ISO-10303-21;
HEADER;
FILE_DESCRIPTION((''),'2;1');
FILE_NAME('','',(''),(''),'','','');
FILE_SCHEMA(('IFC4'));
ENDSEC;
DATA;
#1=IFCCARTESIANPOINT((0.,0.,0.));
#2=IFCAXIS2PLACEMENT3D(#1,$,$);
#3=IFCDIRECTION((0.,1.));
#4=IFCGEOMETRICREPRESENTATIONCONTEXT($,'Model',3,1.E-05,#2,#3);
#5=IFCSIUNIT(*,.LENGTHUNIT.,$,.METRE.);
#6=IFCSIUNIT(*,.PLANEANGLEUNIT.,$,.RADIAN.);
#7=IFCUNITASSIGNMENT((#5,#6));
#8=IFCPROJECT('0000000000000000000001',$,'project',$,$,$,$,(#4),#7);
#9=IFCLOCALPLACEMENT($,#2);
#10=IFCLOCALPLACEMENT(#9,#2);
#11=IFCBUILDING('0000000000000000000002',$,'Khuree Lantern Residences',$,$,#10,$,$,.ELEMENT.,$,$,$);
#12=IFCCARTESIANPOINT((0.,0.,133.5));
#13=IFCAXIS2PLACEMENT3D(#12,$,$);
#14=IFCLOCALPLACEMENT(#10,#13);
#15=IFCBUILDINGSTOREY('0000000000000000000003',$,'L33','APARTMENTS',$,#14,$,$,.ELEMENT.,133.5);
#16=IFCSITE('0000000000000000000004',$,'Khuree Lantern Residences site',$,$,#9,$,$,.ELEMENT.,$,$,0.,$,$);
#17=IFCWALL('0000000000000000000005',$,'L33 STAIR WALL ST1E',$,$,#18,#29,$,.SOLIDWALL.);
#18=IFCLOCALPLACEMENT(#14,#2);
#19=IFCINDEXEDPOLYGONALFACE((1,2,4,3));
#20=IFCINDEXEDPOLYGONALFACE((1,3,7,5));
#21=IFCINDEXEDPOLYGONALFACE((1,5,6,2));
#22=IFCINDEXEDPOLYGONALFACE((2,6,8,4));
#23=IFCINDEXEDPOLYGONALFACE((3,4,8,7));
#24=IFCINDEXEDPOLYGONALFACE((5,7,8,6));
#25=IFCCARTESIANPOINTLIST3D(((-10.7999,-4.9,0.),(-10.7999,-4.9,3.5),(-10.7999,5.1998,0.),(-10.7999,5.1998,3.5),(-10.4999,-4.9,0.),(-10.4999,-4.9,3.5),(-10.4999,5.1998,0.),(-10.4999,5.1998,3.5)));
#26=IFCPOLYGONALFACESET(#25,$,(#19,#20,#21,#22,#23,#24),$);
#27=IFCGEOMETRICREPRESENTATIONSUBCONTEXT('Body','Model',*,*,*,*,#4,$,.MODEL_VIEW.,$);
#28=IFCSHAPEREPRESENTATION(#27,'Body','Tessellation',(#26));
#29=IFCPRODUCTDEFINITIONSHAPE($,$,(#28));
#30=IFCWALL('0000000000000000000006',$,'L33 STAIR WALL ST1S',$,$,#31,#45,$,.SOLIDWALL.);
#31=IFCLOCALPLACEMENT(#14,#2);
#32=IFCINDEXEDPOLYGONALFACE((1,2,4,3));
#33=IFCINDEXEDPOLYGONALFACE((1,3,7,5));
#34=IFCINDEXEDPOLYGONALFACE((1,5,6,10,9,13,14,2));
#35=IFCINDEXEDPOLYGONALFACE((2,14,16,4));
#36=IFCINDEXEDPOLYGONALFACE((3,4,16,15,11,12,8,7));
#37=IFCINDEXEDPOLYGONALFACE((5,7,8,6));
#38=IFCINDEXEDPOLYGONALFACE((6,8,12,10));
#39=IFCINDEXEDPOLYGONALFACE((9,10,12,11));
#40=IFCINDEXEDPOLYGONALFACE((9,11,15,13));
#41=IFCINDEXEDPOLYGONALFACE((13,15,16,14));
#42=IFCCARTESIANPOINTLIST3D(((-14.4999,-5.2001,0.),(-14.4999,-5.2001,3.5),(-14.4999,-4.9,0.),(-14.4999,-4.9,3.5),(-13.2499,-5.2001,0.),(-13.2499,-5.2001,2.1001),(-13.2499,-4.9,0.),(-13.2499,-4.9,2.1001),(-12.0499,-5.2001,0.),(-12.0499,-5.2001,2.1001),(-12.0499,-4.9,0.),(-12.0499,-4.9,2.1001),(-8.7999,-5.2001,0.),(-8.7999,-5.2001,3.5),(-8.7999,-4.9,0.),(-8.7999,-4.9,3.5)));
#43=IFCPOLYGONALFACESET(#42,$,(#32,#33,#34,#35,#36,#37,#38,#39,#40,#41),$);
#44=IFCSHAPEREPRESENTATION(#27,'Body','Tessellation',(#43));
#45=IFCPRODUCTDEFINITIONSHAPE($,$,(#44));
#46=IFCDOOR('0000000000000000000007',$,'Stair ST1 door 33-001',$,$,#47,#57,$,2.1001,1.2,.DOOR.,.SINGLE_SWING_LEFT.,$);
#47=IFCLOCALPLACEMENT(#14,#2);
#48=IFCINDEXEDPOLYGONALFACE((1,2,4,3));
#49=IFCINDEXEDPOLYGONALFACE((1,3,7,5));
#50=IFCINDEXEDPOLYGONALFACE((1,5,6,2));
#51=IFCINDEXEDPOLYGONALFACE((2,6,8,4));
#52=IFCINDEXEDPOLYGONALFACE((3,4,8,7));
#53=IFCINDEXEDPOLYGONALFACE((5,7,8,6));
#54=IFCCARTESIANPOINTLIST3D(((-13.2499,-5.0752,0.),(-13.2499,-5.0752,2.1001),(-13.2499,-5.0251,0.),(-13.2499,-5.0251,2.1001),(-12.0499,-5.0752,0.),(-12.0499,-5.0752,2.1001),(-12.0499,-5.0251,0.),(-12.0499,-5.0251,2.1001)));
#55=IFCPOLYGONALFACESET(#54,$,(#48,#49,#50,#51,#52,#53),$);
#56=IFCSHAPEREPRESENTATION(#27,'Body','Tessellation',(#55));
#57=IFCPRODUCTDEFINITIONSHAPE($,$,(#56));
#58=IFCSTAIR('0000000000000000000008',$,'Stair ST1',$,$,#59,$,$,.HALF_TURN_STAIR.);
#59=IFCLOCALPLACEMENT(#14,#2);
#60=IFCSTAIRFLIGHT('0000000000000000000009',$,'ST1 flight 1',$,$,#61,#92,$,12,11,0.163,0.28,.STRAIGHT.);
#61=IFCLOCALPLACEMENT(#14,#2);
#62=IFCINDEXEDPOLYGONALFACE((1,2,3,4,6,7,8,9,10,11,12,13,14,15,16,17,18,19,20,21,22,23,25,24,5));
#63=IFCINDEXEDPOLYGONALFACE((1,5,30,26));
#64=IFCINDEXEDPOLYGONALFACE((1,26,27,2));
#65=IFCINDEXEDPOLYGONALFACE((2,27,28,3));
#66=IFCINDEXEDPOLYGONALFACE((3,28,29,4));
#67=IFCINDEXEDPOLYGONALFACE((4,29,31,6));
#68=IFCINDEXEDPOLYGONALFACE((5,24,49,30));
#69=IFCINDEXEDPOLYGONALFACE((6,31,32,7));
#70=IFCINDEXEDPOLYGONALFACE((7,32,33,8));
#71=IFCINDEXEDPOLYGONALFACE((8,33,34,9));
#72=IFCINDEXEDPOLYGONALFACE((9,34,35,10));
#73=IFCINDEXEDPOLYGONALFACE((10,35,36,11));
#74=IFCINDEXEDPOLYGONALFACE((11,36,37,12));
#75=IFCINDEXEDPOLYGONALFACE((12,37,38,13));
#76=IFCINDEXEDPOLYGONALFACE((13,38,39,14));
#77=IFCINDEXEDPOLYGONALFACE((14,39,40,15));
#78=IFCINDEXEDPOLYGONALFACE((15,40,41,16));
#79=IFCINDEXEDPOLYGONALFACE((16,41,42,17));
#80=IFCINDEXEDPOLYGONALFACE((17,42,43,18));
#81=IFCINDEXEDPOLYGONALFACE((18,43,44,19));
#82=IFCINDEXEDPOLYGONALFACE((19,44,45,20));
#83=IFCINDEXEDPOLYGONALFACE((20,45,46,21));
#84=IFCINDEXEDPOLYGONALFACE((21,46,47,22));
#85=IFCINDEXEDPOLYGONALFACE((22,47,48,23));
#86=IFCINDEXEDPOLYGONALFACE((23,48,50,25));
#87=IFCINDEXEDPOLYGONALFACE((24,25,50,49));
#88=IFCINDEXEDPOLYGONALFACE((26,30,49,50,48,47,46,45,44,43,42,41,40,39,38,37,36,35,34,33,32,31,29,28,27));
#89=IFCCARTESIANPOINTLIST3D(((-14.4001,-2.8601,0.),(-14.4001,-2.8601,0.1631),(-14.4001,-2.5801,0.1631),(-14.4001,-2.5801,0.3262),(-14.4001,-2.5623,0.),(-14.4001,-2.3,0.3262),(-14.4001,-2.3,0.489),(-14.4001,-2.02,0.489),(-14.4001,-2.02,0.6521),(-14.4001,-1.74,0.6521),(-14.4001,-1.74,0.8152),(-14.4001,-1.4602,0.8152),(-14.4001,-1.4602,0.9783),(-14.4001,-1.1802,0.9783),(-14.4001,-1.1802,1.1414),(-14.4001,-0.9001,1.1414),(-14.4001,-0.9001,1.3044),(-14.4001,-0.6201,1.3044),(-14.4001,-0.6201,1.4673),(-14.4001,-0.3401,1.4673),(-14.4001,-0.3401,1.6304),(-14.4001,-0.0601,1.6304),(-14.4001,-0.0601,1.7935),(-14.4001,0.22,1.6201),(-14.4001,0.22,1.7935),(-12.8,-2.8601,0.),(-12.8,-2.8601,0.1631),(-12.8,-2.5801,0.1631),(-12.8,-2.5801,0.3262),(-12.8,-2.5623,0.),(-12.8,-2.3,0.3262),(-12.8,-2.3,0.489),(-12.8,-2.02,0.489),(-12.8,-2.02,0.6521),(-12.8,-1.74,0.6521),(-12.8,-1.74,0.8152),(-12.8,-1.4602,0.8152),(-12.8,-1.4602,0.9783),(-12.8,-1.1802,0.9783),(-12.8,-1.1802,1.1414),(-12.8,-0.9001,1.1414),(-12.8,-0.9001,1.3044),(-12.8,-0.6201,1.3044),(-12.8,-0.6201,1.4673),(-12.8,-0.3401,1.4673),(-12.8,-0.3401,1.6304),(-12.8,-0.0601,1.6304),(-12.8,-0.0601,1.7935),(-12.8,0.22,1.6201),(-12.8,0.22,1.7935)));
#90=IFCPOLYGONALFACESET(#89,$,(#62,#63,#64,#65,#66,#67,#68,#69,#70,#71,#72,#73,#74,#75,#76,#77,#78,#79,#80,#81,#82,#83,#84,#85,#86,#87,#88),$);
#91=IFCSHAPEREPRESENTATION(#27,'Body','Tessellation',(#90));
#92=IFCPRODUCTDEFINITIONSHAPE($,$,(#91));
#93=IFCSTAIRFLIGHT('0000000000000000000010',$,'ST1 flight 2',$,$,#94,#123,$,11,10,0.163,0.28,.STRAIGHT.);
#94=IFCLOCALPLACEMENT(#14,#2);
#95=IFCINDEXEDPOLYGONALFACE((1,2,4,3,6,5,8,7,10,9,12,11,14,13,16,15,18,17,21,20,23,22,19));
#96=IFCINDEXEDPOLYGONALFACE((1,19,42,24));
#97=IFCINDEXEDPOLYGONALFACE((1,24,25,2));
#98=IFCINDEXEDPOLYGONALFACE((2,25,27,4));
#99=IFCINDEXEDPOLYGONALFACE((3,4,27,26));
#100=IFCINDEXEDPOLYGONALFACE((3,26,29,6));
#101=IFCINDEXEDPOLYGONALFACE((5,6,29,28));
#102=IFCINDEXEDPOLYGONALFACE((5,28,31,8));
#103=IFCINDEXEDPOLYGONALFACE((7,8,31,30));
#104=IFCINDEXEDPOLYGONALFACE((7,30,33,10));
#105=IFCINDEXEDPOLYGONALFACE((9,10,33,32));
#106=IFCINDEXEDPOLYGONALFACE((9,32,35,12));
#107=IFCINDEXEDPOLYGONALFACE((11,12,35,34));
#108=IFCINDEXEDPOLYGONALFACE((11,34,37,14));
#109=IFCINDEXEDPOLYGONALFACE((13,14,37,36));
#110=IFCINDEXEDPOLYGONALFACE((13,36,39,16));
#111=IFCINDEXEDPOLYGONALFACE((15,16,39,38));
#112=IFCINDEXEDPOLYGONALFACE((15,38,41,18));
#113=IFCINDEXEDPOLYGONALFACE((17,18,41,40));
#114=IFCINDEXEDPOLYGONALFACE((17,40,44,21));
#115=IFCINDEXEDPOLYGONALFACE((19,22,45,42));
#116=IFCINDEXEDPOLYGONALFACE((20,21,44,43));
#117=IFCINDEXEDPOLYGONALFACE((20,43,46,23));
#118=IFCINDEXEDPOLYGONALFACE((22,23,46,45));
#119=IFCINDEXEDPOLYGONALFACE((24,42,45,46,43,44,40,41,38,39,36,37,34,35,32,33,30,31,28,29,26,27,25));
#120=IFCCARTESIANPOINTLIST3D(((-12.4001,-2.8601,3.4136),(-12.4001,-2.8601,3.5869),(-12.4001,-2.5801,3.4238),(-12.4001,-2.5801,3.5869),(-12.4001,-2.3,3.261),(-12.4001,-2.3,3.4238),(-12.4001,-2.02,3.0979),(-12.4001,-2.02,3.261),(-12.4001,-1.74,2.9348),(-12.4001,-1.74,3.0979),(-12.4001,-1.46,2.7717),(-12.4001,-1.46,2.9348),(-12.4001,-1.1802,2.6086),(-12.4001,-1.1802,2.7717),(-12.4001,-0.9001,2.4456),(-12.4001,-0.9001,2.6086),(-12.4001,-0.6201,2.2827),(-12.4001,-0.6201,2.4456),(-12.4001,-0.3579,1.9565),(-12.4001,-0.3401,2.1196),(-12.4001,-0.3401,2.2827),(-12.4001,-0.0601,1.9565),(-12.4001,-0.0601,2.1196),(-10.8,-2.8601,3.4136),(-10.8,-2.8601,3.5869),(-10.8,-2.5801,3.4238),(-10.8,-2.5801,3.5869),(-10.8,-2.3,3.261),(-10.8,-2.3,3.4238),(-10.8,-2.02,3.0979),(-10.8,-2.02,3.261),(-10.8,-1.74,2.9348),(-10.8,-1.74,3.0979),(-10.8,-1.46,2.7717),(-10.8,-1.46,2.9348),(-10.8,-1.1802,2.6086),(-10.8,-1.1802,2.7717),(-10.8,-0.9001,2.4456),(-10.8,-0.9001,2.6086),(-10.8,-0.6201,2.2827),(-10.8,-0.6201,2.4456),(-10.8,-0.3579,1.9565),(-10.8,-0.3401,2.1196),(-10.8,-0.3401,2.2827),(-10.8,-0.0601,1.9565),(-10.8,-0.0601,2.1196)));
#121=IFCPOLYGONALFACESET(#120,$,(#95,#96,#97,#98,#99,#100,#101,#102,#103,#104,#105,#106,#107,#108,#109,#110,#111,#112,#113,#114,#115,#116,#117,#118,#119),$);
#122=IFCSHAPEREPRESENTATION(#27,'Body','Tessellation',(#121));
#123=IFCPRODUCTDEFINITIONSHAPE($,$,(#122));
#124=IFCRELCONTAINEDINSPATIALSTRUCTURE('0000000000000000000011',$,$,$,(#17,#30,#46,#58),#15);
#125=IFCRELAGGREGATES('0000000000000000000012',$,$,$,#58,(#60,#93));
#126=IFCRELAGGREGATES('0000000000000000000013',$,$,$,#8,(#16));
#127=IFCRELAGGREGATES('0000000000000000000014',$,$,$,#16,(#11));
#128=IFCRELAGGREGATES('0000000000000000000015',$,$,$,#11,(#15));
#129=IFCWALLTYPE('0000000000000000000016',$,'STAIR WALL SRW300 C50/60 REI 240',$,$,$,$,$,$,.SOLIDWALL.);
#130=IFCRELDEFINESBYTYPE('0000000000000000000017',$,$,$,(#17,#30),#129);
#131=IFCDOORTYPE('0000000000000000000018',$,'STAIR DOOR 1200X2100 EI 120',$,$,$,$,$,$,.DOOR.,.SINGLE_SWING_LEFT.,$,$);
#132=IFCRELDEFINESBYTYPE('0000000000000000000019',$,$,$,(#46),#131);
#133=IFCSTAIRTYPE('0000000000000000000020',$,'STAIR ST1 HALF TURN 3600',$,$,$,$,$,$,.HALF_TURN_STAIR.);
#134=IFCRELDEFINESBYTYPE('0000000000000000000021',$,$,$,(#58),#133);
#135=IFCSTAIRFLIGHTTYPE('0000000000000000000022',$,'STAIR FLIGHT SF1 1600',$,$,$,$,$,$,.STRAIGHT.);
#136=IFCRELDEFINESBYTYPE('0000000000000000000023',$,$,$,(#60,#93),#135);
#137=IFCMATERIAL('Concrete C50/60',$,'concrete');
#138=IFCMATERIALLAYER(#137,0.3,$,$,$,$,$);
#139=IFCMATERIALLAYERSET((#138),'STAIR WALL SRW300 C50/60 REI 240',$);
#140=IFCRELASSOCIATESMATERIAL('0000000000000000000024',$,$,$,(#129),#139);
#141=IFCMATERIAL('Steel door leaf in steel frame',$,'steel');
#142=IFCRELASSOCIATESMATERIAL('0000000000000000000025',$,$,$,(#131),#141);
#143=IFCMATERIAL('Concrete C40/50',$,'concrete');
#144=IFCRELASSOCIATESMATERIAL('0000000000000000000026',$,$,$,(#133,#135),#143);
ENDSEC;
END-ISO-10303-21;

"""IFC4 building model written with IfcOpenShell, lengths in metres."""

from ifc_helpers import new_model, si_unit, direction, frame, frame_2d, origin, place, context, subcontext, project, spatial, polyline, rectangle, outline, extrude, material, layer, layer_set, type_object, element, fill, aggregate, save


model = new_model("IFC4")

# Units and contexts
model_context = context("Model", 3, precision=1e-05, world=origin(), true_north=direction((0.0, 1.0)))
body_context = subcontext(model_context, "Body", "Model", "MODEL_VIEW")
ifc_project = project(units=[si_unit("LENGTHUNIT", "METRE"), si_unit("PLANEANGLEUNIT", "RADIAN")], contexts=[model_context])

# Site, building, storey
site_placement = place(None, origin())
site = spatial("IfcSite", under=ifc_project, at=site_placement, Name="Khuree Lantern Residences site", CompositionType="ELEMENT", RefElevation=0.0)
building_placement = place(site_placement, origin())
building = spatial("IfcBuilding", under=site, at=building_placement, Name="Khuree Lantern Residences", CompositionType="ELEMENT")
storey_placement = place(building_placement, frame((0.0, 0.0, 133.5)))
storey = spatial("IfcBuildingStorey", under=building, at=storey_placement, Name="L33", Description="APARTMENTS", CompositionType="ELEMENT", Elevation=133.5)

# Shared definitions
ifc_material_1 = material(Name="Steel door leaf in steel frame", Category="steel")

# Wall
ifc_material_2 = material(Name="Concrete C50/60", Category="concrete")
ifc_layer_1 = layer(ifc_material_2, 0.3)
ifc_layer_set_1 = layer_set([ifc_layer_1], Name="STAIR WALL SRW300 C50/60 REI 240")
wall_type_1 = type_object("IfcWallType", Name="STAIR WALL SRW300 C50/60 REI 240", PredefinedType="SOLIDWALL", material=ifc_layer_set_1)
wall_1_placement = place(storey_placement, frame((-10.6499, -4.8999, 0.0), z_axis=(0.0, 0.0, 1.0), x_axis=(0.0, 1.0, 0.0)))
element("IfcWall", 1, at=wall_1_placement, inside=storey, type_object=wall_type_1, Name="L33 STAIR WALL ST1E", PredefinedType="SOLIDWALL", context=body_context, shape_type="SweptSolid", body=[
    extrude(rectangle(XDim=10.0999, YDim=0.3, at=frame_2d((5.0498, 0.0))), origin(), (0.0, 0.0, 1.0), 3.5),
])

# Wall, opening, door
wall_2_placement = place(storey_placement, frame((-14.5, -5.05, 0.0), z_axis=(0.0, 0.0, 1.0), x_axis=(1.0, 0.0, 0.0)))
wall_2 = element("IfcWall", 2, at=wall_2_placement, inside=storey, type_object=wall_type_1, Name="L33 STAIR WALL ST1S", PredefinedType="SOLIDWALL", context=body_context, shape_type="SweptSolid", body=[
    extrude(rectangle(XDim=5.7, YDim=0.3, at=frame_2d((2.8501, 0.0))), origin(), (0.0, 0.0, 1.0), 3.5),
])
opening_1_placement = place(wall_2_placement, frame((1.25, 0.0, 0.0)))
opening_1 = element("IfcOpeningElement", 3, at=opening_1_placement, cuts=wall_2, PredefinedType="OPENING", context=body_context, shape_type="SweptSolid", body=[
    extrude(rectangle(XDim=1.2, YDim=2.1001, at=frame_2d((0.6001, 1.05))), frame((0.0, 0.1602, 0.0), z_axis=(0.0, -1.0, 0.0), x_axis=(1.0, 0.0, 0.0)), (0.0, 0.0, 1.0), 0.3201),
])
door_type_1 = type_object("IfcDoorType", Name="STAIR DOOR 1200X2100 EI 120", OperationType="SINGLE_SWING_LEFT", PredefinedType="DOOR", material=ifc_material_1)
door_1_placement = place(opening_1_placement, origin())
door_1 = element("IfcDoor", 4, at=door_1_placement, inside=storey, type_object=door_type_1, Name="Stair ST1 door 33-001", OperationType="SINGLE_SWING_LEFT", OverallHeight=2.1001, OverallWidth=1.2, PredefinedType="DOOR", context=body_context, shape_type="SweptSolid", body=[
    extrude(rectangle(XDim=1.2, YDim=2.1001, at=frame_2d((0.6001, 1.05))), frame((0.0, 0.0249, 0.0), z_axis=(0.0, -1.0, 0.0), x_axis=(1.0, 0.0, 0.0)), (0.0, 0.0, 1.0), 0.05),
])
fill(opening_1, door_1)

# Stair, stair flights
ifc_material_3 = material(Name="Concrete C40/50", Category="concrete")
stair_type = type_object("IfcStairType", Name="STAIR ST1 HALF TURN 3600", PredefinedType="HALF_TURN_STAIR", material=ifc_material_3)
stair_placement = place(storey_placement, origin())
stair = element("IfcStair", 5, at=stair_placement, inside=storey, type_object=stair_type, Name="Stair ST1", PredefinedType="HALF_TURN_STAIR")
stair_flight_type = type_object("IfcStairFlightType", Name="STAIR FLIGHT SF1 1600", PredefinedType="STRAIGHT", material=ifc_material_3)
stair_flight_1_placement = place(storey_placement, frame((-13.6001, -2.8601, 0.0), z_axis=(0.0, 0.0, 1.0), x_axis=(0.0, 1.0, 0.0)))
stair_flight_1 = element("IfcStairFlight", 6, at=stair_flight_1_placement, type_object=stair_flight_type, Name="ST1 flight 1", NumberOfRisers=12, NumberOfTreads=11, PredefinedType="STRAIGHT", RiserHeight=0.163, TreadLength=0.28, context=body_context, shape_type="SweptSolid", body=[
    extrude(outline(polyline([(0.0, 0.0), (0.0, 0.1631), (0.28, 0.1631), (0.28, 0.3262), (0.5601, 0.3262), (0.5601, 0.489), (0.8401, 0.489), (0.8401, 0.6521), (1.1201, 0.6521), (1.1201, 0.8152), (1.3999, 0.8152), (1.3999, 0.9783), (1.6799, 0.9783), (1.6799, 1.1414), (1.96, 1.1414), (1.96, 1.3044), (2.24, 1.3044), (2.24, 1.4673), (2.52, 1.4673), (2.52, 1.6304), (2.8, 1.6304), (2.8, 1.7935), (3.0801, 1.7935), (3.0801, 1.9565), (3.0801, 1.6201), (0.2979, 0.0), (0.0, 0.0)])), frame((0.0, 0.8, 0.0), z_axis=(0.0, -1.0, 0.0), x_axis=(1.0, 0.0, 0.0)), (0.0, 0.0, 1.0), 1.6001),
])
stair_flight_2_placement = place(storey_placement, frame((-11.6001, -0.0601, 1.9565), z_axis=(0.0, 0.0, 1.0), x_axis=(0.0, -1.0, 0.0)))
stair_flight_2 = element("IfcStairFlight", 7, at=stair_flight_2_placement, type_object=stair_flight_type, Name="ST1 flight 2", NumberOfRisers=11, NumberOfTreads=10, PredefinedType="STRAIGHT", RiserHeight=0.163, TreadLength=0.28, context=body_context, shape_type="SweptSolid", body=[
    extrude(outline(polyline([(0.0, 0.0), (0.0, 0.1631), (0.28, 0.1631), (0.28, 0.3262), (0.5601, 0.3262), (0.5601, 0.489), (0.8401, 0.489), (0.8401, 0.6521), (1.1201, 0.6521), (1.1201, 0.8152), (1.3999, 0.8152), (1.3999, 0.9783), (1.6799, 0.9783), (1.6799, 1.1414), (1.96, 1.1414), (1.96, 1.3044), (2.24, 1.3044), (2.24, 1.4673), (2.52, 1.4673), (2.52, 1.6304), (2.8, 1.6304), (2.8, 1.7935), (2.8, 1.457), (0.2979, 0.0), (0.0, 0.0)])), frame((0.0, 0.8, 0.0), z_axis=(0.0, -1.0, 0.0), x_axis=(1.0, 0.0, 0.0)), (0.0, 0.0, 1.0), 1.6001),
])
aggregate(stair, [stair_flight_1, stair_flight_2])

save(model, "model.ifc")
